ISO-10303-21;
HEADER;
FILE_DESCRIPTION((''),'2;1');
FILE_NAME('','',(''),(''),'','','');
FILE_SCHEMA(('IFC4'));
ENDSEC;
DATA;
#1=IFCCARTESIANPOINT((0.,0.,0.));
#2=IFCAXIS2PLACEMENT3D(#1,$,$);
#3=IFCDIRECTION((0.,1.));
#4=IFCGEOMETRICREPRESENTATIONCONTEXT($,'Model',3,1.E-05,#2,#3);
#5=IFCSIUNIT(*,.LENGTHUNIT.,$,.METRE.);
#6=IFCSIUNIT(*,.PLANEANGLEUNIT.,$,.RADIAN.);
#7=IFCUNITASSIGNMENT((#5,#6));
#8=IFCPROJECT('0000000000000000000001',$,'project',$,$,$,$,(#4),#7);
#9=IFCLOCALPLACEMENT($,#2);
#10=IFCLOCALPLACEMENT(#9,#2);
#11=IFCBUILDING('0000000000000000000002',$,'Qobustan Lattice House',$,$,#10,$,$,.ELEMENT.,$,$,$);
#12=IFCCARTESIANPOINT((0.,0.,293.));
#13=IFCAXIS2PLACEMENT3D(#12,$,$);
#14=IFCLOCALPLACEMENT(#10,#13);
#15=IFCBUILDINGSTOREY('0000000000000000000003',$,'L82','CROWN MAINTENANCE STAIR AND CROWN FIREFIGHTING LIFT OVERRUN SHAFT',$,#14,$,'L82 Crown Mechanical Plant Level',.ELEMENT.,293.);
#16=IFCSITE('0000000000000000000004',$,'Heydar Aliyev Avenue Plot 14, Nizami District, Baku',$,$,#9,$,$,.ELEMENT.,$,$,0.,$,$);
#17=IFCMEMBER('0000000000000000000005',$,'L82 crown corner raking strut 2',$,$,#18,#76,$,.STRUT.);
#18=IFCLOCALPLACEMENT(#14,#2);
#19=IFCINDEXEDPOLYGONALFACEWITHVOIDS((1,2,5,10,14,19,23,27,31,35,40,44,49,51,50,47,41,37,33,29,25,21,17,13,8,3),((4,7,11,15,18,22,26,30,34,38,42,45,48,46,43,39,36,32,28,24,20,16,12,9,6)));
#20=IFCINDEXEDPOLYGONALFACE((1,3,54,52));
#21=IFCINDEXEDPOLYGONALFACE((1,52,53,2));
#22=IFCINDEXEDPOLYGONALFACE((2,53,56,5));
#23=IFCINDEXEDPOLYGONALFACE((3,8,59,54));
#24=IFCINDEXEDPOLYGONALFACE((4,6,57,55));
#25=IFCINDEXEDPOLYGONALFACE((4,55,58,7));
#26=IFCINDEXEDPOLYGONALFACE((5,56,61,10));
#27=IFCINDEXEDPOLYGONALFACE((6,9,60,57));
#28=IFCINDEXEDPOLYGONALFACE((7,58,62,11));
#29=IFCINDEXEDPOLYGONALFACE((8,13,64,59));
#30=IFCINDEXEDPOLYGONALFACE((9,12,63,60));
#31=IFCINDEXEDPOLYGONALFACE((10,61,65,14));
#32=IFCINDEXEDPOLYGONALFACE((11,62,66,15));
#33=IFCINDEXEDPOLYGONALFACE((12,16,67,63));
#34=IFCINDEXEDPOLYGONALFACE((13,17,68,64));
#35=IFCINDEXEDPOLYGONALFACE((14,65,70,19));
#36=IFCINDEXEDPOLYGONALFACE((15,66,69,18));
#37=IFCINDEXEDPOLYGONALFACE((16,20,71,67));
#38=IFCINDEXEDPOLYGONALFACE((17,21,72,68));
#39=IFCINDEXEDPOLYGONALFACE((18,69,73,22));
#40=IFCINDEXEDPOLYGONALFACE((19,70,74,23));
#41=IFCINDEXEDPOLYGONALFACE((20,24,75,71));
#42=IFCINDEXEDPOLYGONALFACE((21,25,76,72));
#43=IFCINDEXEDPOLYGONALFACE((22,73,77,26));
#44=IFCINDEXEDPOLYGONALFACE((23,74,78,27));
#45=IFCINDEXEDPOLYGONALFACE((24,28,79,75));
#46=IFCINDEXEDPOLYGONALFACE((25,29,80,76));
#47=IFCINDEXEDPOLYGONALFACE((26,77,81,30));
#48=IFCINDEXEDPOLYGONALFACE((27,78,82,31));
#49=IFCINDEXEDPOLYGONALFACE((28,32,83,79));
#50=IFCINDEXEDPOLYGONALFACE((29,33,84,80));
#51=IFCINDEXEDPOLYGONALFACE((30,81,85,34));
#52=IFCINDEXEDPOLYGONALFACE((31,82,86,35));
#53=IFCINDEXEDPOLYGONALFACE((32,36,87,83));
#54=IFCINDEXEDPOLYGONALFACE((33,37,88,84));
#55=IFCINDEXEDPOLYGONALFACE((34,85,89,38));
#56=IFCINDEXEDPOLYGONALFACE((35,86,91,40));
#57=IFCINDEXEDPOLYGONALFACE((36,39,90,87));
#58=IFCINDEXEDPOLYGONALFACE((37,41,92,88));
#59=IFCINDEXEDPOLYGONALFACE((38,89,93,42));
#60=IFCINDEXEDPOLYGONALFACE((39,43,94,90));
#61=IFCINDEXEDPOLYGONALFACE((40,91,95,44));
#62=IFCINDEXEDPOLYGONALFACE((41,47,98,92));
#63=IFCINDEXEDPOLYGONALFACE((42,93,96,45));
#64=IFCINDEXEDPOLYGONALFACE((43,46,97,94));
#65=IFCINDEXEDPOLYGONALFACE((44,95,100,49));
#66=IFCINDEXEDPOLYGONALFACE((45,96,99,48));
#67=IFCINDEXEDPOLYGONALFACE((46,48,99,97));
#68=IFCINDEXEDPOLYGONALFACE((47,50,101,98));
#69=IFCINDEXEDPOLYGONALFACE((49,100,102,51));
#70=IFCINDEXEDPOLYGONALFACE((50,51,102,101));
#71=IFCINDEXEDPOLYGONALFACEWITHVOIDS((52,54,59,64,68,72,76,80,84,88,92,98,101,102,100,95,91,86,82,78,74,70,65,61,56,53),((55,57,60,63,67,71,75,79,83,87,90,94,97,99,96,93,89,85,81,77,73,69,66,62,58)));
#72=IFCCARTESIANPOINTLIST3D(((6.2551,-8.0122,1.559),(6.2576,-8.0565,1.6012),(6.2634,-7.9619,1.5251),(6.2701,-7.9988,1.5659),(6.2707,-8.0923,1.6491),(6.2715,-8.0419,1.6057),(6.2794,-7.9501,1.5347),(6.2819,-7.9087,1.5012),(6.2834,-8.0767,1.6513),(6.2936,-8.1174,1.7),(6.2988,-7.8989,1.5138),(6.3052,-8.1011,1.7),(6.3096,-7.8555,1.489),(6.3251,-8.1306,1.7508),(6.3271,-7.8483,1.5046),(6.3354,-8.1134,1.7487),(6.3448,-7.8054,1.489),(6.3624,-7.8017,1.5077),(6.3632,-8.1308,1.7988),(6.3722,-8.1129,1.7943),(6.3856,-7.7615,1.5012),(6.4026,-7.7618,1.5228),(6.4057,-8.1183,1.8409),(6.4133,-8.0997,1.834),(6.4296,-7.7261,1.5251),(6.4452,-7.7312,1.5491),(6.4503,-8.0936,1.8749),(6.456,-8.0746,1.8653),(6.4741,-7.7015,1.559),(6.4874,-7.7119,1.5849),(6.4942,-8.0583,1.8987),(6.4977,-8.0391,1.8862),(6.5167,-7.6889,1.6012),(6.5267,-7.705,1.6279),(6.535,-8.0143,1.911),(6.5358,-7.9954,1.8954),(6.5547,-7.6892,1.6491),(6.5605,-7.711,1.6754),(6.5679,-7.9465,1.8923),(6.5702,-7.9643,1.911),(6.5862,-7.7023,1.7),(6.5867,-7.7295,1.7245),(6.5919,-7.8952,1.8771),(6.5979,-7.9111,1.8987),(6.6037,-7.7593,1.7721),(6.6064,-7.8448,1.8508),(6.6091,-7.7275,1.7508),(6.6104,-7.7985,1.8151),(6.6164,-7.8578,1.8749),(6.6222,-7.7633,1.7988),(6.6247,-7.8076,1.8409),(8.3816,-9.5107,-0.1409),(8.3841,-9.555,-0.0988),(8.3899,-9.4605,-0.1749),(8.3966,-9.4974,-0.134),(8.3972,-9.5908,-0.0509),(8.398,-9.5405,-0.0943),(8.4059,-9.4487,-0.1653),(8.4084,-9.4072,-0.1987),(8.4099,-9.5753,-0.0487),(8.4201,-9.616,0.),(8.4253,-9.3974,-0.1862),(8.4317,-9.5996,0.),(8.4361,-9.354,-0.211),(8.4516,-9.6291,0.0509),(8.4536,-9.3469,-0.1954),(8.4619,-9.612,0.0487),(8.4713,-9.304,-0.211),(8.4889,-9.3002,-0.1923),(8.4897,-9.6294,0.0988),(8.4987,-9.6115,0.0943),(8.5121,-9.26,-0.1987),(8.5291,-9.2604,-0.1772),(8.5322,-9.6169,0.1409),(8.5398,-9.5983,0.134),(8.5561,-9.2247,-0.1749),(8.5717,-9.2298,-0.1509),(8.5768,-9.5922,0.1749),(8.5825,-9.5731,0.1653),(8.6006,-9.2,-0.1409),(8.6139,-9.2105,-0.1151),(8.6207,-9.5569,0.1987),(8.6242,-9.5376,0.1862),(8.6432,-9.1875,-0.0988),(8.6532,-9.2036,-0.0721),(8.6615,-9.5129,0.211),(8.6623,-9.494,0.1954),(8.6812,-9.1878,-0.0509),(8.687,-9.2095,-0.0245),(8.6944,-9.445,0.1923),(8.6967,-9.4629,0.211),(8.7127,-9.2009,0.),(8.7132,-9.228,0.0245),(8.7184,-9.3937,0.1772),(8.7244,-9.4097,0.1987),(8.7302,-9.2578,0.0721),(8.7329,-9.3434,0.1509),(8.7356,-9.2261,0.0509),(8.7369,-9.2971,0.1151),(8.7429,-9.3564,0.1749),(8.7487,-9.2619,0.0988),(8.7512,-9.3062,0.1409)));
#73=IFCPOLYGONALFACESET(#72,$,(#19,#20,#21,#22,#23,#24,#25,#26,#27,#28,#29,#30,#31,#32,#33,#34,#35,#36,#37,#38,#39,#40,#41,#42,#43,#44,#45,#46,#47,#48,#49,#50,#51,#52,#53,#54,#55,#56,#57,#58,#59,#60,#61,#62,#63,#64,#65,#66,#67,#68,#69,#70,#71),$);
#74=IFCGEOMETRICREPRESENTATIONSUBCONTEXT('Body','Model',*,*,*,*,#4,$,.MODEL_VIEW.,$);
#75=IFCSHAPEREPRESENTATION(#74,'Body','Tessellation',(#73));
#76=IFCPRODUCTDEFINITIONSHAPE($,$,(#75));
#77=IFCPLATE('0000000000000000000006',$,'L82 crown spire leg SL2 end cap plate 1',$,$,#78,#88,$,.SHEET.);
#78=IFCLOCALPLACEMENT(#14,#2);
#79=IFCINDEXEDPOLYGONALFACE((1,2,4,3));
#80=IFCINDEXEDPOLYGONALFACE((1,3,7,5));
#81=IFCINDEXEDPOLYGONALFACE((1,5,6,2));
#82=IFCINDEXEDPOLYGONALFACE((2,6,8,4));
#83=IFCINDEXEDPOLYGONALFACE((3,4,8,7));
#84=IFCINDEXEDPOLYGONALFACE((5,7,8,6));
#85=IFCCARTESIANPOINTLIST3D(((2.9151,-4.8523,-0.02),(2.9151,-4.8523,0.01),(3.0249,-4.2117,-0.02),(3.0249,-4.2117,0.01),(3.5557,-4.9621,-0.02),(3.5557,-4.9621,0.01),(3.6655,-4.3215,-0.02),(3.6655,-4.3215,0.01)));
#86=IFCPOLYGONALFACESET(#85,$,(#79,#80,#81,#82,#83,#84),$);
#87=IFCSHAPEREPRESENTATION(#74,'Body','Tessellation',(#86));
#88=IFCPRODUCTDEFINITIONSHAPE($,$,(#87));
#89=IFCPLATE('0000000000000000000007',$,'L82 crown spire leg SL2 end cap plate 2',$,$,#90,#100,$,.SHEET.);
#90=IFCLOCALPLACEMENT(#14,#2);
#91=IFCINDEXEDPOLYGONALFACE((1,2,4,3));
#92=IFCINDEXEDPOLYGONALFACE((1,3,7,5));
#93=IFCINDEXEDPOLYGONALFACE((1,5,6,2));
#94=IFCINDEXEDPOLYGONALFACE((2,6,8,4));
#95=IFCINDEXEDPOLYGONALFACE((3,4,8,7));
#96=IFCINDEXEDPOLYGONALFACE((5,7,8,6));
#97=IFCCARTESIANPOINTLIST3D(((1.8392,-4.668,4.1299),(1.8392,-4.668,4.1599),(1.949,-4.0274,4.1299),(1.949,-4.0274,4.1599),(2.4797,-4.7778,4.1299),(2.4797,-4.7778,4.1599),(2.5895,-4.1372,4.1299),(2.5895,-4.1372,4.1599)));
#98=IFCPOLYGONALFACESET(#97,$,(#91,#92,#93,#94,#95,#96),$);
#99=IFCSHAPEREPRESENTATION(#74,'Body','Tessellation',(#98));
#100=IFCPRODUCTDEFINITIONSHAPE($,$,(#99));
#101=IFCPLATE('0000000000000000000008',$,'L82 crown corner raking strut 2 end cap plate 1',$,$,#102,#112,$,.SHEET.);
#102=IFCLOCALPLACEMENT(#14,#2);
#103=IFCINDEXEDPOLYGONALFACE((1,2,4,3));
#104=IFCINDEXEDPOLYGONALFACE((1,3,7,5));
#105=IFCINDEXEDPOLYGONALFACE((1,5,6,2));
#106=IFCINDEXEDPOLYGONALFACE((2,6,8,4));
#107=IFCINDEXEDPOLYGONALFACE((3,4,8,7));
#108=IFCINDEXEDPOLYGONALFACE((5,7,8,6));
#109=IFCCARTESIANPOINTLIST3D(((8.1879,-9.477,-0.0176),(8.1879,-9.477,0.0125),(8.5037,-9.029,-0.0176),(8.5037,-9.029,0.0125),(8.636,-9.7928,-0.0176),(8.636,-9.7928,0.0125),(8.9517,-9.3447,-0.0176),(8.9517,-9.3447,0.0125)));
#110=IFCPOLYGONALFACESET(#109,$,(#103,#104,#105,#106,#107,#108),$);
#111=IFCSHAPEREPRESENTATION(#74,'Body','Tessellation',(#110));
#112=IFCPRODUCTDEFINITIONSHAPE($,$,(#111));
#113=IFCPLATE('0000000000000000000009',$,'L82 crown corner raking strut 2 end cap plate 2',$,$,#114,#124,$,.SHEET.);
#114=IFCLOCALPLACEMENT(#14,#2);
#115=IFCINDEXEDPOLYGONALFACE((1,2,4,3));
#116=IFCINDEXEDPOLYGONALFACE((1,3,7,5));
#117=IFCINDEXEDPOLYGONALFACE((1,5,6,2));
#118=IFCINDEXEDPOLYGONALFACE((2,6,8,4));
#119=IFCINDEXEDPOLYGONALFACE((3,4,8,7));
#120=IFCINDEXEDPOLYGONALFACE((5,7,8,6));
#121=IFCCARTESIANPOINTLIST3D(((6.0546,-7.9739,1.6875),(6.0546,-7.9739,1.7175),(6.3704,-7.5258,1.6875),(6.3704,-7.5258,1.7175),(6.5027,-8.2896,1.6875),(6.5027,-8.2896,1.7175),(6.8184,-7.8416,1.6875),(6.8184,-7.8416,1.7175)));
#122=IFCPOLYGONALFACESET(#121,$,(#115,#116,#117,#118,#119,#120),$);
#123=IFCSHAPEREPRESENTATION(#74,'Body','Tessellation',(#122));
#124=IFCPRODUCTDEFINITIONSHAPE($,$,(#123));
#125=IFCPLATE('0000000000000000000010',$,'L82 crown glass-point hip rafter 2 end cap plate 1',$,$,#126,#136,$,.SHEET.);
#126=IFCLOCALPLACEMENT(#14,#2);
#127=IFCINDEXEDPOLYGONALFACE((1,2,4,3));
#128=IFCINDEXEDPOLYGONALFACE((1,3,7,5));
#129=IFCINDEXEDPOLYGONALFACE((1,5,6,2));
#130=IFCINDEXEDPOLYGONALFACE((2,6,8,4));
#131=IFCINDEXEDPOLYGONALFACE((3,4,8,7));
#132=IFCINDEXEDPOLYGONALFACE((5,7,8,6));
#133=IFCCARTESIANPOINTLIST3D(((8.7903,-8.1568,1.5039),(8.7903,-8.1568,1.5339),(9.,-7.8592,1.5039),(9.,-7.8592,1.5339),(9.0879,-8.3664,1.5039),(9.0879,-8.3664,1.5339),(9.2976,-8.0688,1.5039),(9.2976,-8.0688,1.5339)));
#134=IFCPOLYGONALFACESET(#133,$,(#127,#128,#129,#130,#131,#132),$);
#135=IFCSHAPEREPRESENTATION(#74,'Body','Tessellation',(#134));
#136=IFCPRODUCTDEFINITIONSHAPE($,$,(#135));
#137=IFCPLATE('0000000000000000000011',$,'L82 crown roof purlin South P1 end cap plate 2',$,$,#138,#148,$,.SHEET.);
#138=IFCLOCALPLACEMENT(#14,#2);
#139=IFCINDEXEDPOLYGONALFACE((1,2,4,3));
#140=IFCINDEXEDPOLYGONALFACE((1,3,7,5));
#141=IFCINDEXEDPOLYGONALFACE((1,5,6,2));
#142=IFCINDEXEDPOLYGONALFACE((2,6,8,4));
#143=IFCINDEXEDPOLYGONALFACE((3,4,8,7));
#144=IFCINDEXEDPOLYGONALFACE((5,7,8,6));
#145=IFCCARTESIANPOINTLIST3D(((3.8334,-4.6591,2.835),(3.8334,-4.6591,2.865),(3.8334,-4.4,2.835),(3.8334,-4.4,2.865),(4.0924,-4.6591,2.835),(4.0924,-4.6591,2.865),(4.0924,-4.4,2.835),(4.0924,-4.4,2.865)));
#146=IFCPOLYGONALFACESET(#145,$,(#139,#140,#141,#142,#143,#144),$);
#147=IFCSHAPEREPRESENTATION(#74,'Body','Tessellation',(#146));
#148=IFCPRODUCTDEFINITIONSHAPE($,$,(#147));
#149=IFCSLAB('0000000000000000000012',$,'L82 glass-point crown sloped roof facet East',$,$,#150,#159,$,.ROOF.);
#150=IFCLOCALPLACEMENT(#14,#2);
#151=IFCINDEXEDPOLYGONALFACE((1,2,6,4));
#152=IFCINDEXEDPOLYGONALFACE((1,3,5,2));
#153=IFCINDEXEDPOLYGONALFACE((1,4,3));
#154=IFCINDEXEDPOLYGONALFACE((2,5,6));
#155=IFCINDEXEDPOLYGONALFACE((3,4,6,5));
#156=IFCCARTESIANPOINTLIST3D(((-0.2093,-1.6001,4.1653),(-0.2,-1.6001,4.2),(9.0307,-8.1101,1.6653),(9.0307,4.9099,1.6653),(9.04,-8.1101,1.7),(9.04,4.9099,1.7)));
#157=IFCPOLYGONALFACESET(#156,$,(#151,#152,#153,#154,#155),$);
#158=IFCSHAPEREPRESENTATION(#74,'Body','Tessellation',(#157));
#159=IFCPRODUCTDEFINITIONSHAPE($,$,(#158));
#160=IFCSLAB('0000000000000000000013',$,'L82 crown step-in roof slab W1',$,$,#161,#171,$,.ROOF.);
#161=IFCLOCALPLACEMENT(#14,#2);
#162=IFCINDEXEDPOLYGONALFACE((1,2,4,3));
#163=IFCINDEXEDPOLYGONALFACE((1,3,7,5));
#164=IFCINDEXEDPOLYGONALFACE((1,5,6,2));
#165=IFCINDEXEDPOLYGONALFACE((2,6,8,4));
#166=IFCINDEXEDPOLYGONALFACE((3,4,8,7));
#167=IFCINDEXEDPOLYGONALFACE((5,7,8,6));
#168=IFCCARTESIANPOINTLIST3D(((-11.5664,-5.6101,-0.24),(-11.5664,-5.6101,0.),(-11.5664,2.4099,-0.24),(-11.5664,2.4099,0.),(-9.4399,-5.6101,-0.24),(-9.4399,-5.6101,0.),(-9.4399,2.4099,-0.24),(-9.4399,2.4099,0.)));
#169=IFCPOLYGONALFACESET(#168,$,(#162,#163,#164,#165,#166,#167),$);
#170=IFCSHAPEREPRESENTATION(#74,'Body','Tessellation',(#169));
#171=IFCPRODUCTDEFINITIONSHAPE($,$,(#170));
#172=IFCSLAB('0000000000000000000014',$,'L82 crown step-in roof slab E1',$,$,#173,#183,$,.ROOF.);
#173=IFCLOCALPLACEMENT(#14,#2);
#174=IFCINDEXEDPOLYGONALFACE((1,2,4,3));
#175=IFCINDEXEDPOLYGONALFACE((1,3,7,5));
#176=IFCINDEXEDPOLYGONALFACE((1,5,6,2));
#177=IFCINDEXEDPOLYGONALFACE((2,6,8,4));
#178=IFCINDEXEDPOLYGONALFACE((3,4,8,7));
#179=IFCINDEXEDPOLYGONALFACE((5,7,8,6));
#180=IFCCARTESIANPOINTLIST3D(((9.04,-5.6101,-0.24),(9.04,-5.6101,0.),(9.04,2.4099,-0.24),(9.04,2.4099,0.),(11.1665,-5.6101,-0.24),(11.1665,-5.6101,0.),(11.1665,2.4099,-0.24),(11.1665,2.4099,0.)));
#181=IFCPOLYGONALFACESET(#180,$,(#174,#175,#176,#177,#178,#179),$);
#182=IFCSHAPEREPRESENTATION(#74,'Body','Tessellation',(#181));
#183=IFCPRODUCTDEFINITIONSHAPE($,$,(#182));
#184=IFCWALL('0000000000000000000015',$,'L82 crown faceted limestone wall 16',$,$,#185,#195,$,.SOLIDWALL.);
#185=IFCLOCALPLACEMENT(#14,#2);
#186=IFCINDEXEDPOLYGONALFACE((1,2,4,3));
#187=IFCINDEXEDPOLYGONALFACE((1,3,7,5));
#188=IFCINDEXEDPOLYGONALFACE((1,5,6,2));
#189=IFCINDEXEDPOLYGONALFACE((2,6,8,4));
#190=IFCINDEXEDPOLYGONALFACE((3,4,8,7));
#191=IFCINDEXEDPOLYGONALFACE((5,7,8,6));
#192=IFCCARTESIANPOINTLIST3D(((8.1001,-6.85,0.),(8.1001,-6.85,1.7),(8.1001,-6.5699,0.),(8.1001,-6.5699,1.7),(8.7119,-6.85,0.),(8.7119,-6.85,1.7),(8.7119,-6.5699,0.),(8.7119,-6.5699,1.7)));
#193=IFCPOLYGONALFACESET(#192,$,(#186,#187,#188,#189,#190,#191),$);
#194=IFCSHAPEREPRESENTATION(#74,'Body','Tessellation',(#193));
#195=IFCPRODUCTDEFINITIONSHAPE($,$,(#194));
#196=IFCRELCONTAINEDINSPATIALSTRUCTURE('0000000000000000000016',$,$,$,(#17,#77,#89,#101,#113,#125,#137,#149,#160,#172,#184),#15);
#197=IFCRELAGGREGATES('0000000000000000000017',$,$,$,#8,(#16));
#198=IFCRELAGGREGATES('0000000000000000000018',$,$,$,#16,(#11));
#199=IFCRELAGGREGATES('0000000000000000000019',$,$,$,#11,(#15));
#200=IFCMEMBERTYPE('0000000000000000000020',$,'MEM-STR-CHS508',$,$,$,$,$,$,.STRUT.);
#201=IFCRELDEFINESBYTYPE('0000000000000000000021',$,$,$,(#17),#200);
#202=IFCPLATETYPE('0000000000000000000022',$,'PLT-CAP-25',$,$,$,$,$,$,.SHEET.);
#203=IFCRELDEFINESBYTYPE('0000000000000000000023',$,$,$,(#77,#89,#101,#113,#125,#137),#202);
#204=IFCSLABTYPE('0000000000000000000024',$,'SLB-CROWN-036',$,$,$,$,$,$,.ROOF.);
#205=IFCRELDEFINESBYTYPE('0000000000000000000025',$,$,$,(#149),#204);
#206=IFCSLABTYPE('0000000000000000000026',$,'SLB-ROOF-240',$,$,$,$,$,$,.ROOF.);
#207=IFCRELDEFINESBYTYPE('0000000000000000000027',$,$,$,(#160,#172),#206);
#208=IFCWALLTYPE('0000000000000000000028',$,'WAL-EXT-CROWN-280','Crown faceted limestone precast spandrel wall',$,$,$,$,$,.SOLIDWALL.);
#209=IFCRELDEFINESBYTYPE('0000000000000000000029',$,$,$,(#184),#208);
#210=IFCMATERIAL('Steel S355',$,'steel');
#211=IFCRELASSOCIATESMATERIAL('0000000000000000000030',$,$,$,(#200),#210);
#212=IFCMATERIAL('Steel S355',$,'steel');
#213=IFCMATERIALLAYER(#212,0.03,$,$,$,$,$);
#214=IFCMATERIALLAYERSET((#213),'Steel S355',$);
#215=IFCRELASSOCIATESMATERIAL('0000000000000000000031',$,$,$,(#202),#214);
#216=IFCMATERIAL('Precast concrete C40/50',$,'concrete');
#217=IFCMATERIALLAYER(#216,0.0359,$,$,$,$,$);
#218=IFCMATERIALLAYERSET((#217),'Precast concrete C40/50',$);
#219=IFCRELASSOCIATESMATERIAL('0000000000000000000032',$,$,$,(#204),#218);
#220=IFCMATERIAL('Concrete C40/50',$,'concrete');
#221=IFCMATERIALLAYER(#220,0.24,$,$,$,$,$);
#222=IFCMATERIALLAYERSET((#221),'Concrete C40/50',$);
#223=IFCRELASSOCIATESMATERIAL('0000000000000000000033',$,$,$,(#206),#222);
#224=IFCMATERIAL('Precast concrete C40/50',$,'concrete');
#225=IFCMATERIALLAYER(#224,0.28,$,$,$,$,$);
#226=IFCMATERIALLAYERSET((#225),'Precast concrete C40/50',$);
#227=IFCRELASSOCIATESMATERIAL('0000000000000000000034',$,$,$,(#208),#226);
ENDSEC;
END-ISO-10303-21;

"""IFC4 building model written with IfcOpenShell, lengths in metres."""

from ifc_helpers import new_model, si_unit, direction, frame, frame_2d, origin, origin_2d, place, context, subcontext, project, spatial, polyline, rectangle, hollow_circle, outline, extrude, material, layer, layer_set, material_profile, profile_set, type_object, element, save


model = new_model("IFC4")

# Units and contexts
model_context = context("Model", 3, precision=1e-05, world=origin(), true_north=direction((0.0, 1.0)))
body_context = subcontext(model_context, "Body", "Model", "MODEL_VIEW")
ifc_project = project(units=[si_unit("LENGTHUNIT", "METRE"), si_unit("PLANEANGLEUNIT", "RADIAN")], contexts=[model_context])

# Site, building, storey
site_placement = place(None, origin())
site = spatial("IfcSite", under=ifc_project, at=site_placement, Name="Heydar Aliyev Avenue Plot 14, Nizami District, Baku", CompositionType="ELEMENT", RefElevation=0.0)
building_placement = place(site_placement, origin())
building = spatial("IfcBuilding", under=site, at=building_placement, Name="Qobustan Lattice House", CompositionType="ELEMENT")
storey_placement = place(building_placement, frame((0.0, 0.0, 293.0)))
storey = spatial("IfcBuildingStorey", under=building, at=storey_placement, Name="L82", Description="CROWN MAINTENANCE STAIR AND CROWN FIREFIGHTING LIFT OVERRUN SHAFT", LongName="L82 Crown Mechanical Plant Level", CompositionType="ELEMENT", Elevation=293.0)

# Member
ifc_material_1 = material(Name="Steel S355", Category="steel")
ifc_material_profile_1 = material_profile(ifc_material_1, hollow_circle(Radius=0.2539, WallThickness=0.02, at=origin_2d()), Name="CHS508x20")
ifc_profile_set_1 = profile_set([ifc_material_profile_1], Name="Steel S355")
member_type_1 = type_object("IfcMemberType", Name="MEM-STR-CHS508", PredefinedType="STRUT", material=ifc_profile_set_1)
member_1_placement = place(storey_placement, frame((8.5664, -9.4084, 0.0), z_axis=(-0.684275, 0.482213, 0.547027), x_axis=(-0.576042, -0.81742, 0.0)))
element("IfcMember", 1, at=member_1_placement, inside=storey, type_object=member_type_1, Name="L82 crown corner raking strut 2", PredefinedType="STRUT", context=body_context, shape_type="SweptSolid", body=[
    extrude(hollow_circle(Radius=0.2539, WallThickness=0.02, at=origin_2d()), origin(), (0.0, 0.0, 1.0), 3.1077),
])

# Plates
ifc_material_2 = material(Name="Steel S355", Category="steel")
ifc_layer_1 = layer(ifc_material_2, 0.03)
ifc_layer_set_1 = layer_set([ifc_layer_1], Name="Steel S355")
plate_type = type_object("IfcPlateType", Name="PLT-CAP-25", PredefinedType="SHEET", material=ifc_layer_set_1)
for number, where, z_axis, x_axis, name in (
    (2, (3.2903, -4.5869, -0.02), (0.0, 0.0, 1.0), (-0.985621, 0.168971, 0.0), "L82 crown spire leg SL2 end cap plate 1"),
    (3, (2.2144, -4.4026, 4.1299), (0.0, 0.0, 1.0), (-0.985621, 0.168971, 0.0), "L82 crown spire leg SL2 end cap plate 2"),
):
    element("IfcPlate", number, at=place(storey_placement, frame(where, z_axis=z_axis, x_axis=x_axis)), inside=storey, type_object=plate_type, Name=name, PredefinedType="SHEET", context=body_context, shape_type="SweptSolid", body=[
        extrude(rectangle(XDim=0.6499, YDim=0.6499, at=origin_2d()), origin(), (0.0, 0.0, 1.0), 0.03),
    ])
for number, where, z_axis, x_axis, name in (
    (4, (8.5698, -9.4109, -0.0176), (0.0, 0.0, 1.0), (-0.817426, 0.576033, 0.0), "L82 crown corner raking strut 2 end cap plate 1"),
    (5, (6.4365, -7.9077, 1.6875), (0.0, 0.0, 1.0), (-0.817426, 0.576033, 0.0), "L82 crown corner raking strut 2 end cap plate 2"),
):
    element("IfcPlate", number, at=place(storey_placement, frame(where, z_axis=z_axis, x_axis=x_axis)), inside=storey, type_object=plate_type, Name=name, PredefinedType="SHEET", context=body_context, shape_type="SweptSolid", body=[
        extrude(rectangle(XDim=0.5481, YDim=0.5481, at=origin_2d()), origin(), (0.0, 0.0, 1.0), 0.03),
    ])
plate_1_placement = place(storey_placement, frame((9.0439, -8.1128, 1.5039), z_axis=(0.0, 0.0, 1.0), x_axis=(-0.817487, 0.575947, 0.0)))
element("IfcPlate", 6, at=plate_1_placement, inside=storey, type_object=plate_type, Name="L82 crown glass-point hip rafter 2 end cap plate 1", PredefinedType="SHEET", context=body_context, shape_type="SweptSolid", body=[
    extrude(rectangle(XDim=0.364, YDim=0.364, at=origin_2d()), origin(), (0.0, 0.0, 1.0), 0.03),
])
plate_2_placement = place(storey_placement, frame((3.9629, -4.5295, 2.835), z_axis=(0.0, 0.0, 1.0), x_axis=(1.0, 0.0, 0.0)))
element("IfcPlate", 7, at=plate_2_placement, inside=storey, type_object=plate_type, Name="L82 crown roof purlin South P1 end cap plate 2", PredefinedType="SHEET", context=body_context, shape_type="SweptSolid", body=[
    extrude(rectangle(XDim=0.259, YDim=0.259, at=origin_2d()), origin(), (0.0, 0.0, 1.0), 0.03),
])

# Slabs
ifc_material_3 = material(Name="Precast concrete C40/50", Category="concrete")
ifc_layer_2 = layer(ifc_material_3, 0.0359)
ifc_layer_set_2 = layer_set([ifc_layer_2], Name="Precast concrete C40/50")
slab_type_1 = type_object("IfcSlabType", Name="SLB-CROWN-036", PredefinedType="ROOF", material=ifc_layer_set_2)
slab_1_placement = place(storey_placement, frame((9.04, -8.1101, 1.7), z_axis=(0.261172, 0.0, 0.965292), x_axis=(0.0, 1.0, 0.0)))
element("IfcSlab", 8, at=slab_1_placement, inside=storey, type_object=slab_type_1, Name="L82 glass-point crown sloped roof facet East", PredefinedType="ROOF", context=body_context, shape_type="SweptSolid", body=[
    extrude(outline(polyline([(0.0, 0.0), (13.02, 0.0), (6.51, 9.5722), (0.0, 0.0)])), origin(), (0.0, 0.0, -1.0), 0.0359),
])
ifc_material_4 = material(Name="Concrete C40/50", Category="concrete")
ifc_layer_3 = layer(ifc_material_4, 0.24)
ifc_layer_set_3 = layer_set([ifc_layer_3], Name="Concrete C40/50")
slab_type_2 = type_object("IfcSlabType", Name="SLB-ROOF-240", PredefinedType="ROOF", material=ifc_layer_set_3)
slab_2_placement = place(storey_placement, frame((0.0, 0.0, -0.24)))
element("IfcSlab", 9, at=slab_2_placement, inside=storey, type_object=slab_type_2, Name="L82 crown step-in roof slab W1", PredefinedType="ROOF", context=body_context, shape_type="SweptSolid", body=[
    extrude(outline(polyline([(-11.5664, -5.6101), (-9.4399, -5.6101), (-9.4399, 2.4099), (-11.5664, 2.4099), (-11.5664, -5.6101)])), origin(), (0.0, 0.0, 1.0), 0.24),
])
slab_3_placement = place(storey_placement, frame((0.0, 0.0, -0.24)))
element("IfcSlab", 10, at=slab_3_placement, inside=storey, type_object=slab_type_2, Name="L82 crown step-in roof slab E1", PredefinedType="ROOF", context=body_context, shape_type="SweptSolid", body=[
    extrude(outline(polyline([(11.1665, 2.4099), (9.04, 2.4099), (9.04, -5.6101), (11.1665, -5.6101), (11.1665, 2.4099)])), origin(), (0.0, 0.0, 1.0), 0.24),
])

# Wall
ifc_material_5 = material(Name="Precast concrete C40/50", Category="concrete")
ifc_layer_4 = layer(ifc_material_5, 0.28)
ifc_layer_set_4 = layer_set([ifc_layer_4], Name="Precast concrete C40/50")
wall_type_1 = type_object("IfcWallType", Name="WAL-EXT-CROWN-280", Description="Crown faceted limestone precast spandrel wall", PredefinedType="SOLIDWALL", material=ifc_layer_set_4)
wall_1_placement = place(storey_placement, frame((8.7119, -6.71, 0.0), z_axis=(0.0, 0.0, 1.0), x_axis=(-1.0, 0.0, 0.0)))
element("IfcWall", 11, at=wall_1_placement, inside=storey, type_object=wall_type_1, Name="L82 crown faceted limestone wall 16", PredefinedType="SOLIDWALL", context=body_context, shape_type="SweptSolid", body=[
    extrude(rectangle(XDim=0.6118, YDim=0.28, at=frame_2d((0.3059, 0.0))), origin(), (0.0, 0.0, 1.0), 1.7),
])

save(model, "model.ifc")
